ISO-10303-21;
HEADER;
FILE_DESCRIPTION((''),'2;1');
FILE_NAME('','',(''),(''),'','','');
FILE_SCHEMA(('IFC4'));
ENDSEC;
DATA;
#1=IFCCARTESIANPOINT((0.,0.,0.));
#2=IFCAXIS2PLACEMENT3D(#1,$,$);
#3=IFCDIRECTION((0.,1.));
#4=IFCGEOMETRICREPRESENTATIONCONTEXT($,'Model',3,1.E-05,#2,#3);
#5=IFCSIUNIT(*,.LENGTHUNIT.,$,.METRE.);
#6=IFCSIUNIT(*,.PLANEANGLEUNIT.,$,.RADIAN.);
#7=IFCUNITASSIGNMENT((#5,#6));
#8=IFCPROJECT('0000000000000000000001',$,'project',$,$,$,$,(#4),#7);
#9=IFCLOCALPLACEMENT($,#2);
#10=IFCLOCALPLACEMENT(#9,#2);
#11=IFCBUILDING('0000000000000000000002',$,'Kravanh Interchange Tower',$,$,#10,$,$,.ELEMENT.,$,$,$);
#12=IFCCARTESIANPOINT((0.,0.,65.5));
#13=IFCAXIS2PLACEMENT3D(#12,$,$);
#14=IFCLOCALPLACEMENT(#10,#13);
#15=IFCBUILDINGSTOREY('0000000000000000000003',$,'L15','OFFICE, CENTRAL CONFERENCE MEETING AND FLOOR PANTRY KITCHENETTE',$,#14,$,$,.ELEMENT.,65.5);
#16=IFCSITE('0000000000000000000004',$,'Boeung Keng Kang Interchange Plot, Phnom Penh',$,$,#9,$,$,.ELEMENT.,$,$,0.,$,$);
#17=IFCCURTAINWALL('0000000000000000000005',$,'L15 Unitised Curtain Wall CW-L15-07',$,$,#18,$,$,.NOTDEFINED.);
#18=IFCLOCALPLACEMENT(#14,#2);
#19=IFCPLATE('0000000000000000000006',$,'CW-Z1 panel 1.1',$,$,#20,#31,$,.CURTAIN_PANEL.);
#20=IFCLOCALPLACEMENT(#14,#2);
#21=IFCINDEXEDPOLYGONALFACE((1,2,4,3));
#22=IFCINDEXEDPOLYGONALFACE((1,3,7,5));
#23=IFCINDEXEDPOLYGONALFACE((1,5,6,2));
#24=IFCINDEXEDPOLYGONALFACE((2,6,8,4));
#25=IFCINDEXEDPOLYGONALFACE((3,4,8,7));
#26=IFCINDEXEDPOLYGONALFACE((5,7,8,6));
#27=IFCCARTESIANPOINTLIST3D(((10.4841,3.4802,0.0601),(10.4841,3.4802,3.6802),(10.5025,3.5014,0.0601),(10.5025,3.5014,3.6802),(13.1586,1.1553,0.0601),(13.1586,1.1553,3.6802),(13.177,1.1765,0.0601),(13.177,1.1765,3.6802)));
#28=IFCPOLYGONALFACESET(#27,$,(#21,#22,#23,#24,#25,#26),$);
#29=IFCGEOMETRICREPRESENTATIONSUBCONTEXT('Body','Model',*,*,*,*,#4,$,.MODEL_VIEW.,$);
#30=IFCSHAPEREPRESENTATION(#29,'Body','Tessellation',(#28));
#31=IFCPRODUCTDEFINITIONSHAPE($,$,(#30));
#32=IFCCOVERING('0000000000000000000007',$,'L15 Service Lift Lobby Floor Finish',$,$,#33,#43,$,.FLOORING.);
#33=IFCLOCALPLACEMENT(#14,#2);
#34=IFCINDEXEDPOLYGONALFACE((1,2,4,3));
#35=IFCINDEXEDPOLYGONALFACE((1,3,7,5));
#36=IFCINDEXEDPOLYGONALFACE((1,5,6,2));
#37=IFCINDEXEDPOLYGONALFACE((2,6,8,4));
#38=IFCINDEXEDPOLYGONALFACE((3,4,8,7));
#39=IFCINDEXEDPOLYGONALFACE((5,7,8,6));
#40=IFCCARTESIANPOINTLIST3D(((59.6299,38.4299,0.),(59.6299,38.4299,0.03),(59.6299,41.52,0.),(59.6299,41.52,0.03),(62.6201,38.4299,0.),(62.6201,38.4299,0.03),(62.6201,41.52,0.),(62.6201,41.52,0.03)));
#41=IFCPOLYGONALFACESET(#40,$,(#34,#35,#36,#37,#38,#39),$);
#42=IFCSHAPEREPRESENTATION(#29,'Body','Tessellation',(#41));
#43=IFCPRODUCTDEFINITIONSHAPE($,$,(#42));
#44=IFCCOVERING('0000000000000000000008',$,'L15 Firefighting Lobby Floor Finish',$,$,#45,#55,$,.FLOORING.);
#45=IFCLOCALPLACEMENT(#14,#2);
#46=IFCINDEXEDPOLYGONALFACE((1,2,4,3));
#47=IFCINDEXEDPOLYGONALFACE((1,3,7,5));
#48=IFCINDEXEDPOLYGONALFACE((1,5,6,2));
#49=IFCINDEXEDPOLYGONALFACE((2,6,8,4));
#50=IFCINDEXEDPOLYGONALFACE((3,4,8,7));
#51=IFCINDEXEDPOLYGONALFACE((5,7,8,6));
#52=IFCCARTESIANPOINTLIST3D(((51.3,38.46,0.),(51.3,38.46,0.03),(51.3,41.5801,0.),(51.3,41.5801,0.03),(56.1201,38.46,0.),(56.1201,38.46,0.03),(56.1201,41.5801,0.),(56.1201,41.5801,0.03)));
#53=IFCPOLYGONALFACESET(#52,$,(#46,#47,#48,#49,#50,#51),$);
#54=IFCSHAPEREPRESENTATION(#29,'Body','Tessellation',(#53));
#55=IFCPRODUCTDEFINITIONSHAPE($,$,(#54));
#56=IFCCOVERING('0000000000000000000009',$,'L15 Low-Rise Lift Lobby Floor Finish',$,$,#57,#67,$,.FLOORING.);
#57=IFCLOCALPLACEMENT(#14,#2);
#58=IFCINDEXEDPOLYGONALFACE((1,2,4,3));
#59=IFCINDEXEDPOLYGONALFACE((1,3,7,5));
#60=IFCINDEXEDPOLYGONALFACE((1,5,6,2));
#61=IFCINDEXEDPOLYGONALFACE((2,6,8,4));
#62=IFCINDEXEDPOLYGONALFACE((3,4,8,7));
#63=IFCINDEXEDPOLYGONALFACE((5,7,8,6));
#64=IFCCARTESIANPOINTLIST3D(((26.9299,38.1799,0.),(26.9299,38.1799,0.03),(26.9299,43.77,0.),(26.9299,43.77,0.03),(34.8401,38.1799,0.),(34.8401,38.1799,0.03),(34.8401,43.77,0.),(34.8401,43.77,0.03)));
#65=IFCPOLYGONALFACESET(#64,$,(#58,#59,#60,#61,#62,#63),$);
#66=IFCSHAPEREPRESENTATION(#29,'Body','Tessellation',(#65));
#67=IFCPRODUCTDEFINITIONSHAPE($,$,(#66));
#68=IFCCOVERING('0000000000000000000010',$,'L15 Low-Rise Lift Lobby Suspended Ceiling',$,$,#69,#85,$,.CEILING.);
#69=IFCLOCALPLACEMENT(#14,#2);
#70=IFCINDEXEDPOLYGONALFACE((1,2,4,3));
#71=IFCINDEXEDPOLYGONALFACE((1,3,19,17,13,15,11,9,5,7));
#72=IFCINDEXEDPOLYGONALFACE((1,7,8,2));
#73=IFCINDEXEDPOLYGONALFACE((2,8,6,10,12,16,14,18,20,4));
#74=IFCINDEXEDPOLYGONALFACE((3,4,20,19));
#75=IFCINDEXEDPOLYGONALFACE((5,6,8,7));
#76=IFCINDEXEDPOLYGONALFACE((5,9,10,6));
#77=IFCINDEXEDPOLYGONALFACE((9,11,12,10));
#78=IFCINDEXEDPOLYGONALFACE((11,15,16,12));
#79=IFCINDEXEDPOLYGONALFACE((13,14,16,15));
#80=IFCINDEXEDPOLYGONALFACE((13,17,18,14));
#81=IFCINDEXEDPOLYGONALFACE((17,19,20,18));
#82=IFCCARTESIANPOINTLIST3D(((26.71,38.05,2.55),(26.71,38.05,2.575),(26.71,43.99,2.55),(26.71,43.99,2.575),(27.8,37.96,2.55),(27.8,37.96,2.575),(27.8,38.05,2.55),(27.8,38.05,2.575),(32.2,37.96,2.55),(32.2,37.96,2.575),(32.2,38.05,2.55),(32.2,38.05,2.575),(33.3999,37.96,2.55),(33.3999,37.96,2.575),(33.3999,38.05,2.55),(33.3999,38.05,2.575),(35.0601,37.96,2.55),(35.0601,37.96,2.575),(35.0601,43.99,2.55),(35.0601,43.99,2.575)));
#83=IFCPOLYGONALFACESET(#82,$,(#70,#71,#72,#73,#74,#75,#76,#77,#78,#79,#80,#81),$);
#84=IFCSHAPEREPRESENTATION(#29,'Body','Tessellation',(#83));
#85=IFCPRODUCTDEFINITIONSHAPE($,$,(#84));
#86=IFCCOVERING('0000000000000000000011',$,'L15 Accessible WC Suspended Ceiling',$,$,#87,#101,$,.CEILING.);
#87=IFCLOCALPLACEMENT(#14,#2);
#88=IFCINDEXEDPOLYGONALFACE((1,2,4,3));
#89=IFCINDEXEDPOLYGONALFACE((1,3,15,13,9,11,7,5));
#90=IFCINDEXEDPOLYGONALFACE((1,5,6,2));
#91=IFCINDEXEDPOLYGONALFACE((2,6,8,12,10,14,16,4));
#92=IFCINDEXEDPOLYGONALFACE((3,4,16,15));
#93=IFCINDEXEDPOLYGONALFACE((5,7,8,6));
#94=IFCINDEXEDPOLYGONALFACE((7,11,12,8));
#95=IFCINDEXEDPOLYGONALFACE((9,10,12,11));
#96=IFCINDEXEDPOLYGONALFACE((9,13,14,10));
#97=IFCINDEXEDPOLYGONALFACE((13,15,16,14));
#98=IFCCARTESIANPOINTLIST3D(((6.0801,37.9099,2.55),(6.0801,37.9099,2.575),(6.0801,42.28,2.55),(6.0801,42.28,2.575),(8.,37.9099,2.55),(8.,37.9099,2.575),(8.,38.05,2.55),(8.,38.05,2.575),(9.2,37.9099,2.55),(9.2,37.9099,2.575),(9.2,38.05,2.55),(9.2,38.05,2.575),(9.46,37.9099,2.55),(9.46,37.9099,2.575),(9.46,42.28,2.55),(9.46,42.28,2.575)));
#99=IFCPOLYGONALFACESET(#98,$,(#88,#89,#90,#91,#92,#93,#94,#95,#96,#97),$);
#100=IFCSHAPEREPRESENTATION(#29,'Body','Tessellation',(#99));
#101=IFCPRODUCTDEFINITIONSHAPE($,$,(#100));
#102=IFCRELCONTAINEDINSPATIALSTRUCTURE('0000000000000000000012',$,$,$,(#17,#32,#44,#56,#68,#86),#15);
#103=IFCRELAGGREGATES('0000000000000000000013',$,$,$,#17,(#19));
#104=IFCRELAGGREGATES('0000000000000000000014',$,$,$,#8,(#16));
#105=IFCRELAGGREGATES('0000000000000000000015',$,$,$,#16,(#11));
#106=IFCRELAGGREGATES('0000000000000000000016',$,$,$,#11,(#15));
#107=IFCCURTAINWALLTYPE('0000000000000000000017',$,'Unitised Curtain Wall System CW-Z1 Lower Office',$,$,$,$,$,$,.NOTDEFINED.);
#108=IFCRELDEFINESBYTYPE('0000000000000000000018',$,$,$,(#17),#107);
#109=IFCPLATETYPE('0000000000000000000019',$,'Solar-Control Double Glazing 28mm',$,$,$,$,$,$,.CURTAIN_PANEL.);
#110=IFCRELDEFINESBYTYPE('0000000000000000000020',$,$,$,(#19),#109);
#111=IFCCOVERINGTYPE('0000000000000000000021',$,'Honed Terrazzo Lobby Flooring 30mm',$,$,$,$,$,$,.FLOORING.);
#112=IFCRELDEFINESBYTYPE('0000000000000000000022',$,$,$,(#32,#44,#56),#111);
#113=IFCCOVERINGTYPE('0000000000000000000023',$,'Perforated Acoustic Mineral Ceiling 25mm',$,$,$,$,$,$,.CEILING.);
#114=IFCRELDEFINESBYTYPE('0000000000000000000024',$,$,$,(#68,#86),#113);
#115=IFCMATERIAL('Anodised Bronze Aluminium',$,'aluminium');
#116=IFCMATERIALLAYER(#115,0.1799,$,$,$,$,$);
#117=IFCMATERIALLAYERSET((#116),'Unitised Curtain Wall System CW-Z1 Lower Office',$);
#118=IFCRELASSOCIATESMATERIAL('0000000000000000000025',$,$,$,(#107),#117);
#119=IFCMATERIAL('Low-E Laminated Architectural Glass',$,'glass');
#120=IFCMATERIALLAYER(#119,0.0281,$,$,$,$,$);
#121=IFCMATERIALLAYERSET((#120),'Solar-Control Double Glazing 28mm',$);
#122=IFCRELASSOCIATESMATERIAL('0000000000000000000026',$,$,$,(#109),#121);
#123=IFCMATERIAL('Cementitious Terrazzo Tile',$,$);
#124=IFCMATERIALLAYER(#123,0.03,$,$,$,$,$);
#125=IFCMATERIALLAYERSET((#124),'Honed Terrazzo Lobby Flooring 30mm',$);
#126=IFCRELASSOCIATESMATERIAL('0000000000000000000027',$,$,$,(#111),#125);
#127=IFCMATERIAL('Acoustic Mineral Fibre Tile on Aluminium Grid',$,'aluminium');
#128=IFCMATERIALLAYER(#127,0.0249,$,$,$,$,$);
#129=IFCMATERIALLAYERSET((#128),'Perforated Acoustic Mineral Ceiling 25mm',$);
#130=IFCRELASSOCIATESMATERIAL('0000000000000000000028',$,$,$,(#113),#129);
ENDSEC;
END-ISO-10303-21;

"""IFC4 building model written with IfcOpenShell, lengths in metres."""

from ifc_helpers import new_model, si_unit, direction, frame, origin, origin_2d, place, context, subcontext, project, spatial, polyline, rectangle, outline, extrude, material, layer, layer_set, type_object, element, aggregate, save


model = new_model("IFC4")

# Units and contexts
model_context = context("Model", 3, precision=1e-05, world=origin(), true_north=direction((0.0, 1.0)))
body_context = subcontext(model_context, "Body", "Model", "MODEL_VIEW")
ifc_project = project(units=[si_unit("LENGTHUNIT", "METRE"), si_unit("PLANEANGLEUNIT", "RADIAN")], contexts=[model_context])

# Site, building, storey
site_placement = place(None, origin())
site = spatial("IfcSite", under=ifc_project, at=site_placement, Name="Boeung Keng Kang Interchange Plot, Phnom Penh", CompositionType="ELEMENT", RefElevation=0.0)
building_placement = place(site_placement, origin())
building = spatial("IfcBuilding", under=site, at=building_placement, Name="Kravanh Interchange Tower", CompositionType="ELEMENT")
storey_placement = place(building_placement, frame((0.0, 0.0, 65.5)))
storey = spatial("IfcBuildingStorey", under=building, at=storey_placement, Name="L15", Description="OFFICE, CENTRAL CONFERENCE MEETING AND FLOOR PANTRY KITCHENETTE", CompositionType="ELEMENT", Elevation=65.5)

# Shared definitions
ifc_material_1 = material(Name="Anodised Bronze Aluminium", Category="aluminium")
ifc_layer_1 = layer(ifc_material_1, 0.1799)
ifc_layer_set_1 = layer_set([ifc_layer_1], Name="Unitised Curtain Wall System CW-Z1 Lower Office")
curtain_wall_type = type_object("IfcCurtainWallType", Name="Unitised Curtain Wall System CW-Z1 Lower Office", PredefinedType="NOTDEFINED", material=ifc_layer_set_1)

# Curtain wall
curtain_wall_1_placement = place(storey_placement, origin())
curtain_wall_1 = element("IfcCurtainWall", 1, at=curtain_wall_1_placement, inside=storey, type_object=curtain_wall_type, Name="L15 Unitised Curtain Wall CW-L15-07", PredefinedType="NOTDEFINED")

# Plate
ifc_material_2 = material(Name="Low-E Laminated Architectural Glass", Category="glass")
ifc_layer_2 = layer(ifc_material_2, 0.0281)
ifc_layer_set_2 = layer_set([ifc_layer_2], Name="Solar-Control Double Glazing 28mm")
plate_type = type_object("IfcPlateType", Name="Solar-Control Double Glazing 28mm", PredefinedType="CURTAIN_PANEL", material=ifc_layer_set_2)
plate_1_placement = place(storey_placement, frame((11.8306, 2.3284, 0.0601), z_axis=(0.0, 0.0, 1.0), x_axis=(-0.754708, 0.65606, 0.0)))
plate_1 = element("IfcPlate", 2, at=plate_1_placement, type_object=plate_type, Name="CW-Z1 panel 1.1", PredefinedType="CURTAIN_PANEL", context=body_context, shape_type="SweptSolid", body=[
    extrude(rectangle(XDim=3.5437, YDim=0.0281, at=origin_2d()), origin(), (0.0, 0.0, 1.0), 3.6201),
])
aggregate(curtain_wall_1, [plate_1])

# Coverings
ifc_material_3 = material(Name="Cementitious Terrazzo Tile")
ifc_layer_3 = layer(ifc_material_3, 0.03)
ifc_layer_set_3 = layer_set([ifc_layer_3], Name="Honed Terrazzo Lobby Flooring 30mm")
covering_type_1 = type_object("IfcCoveringType", Name="Honed Terrazzo Lobby Flooring 30mm", PredefinedType="FLOORING", material=ifc_layer_set_3)
covering_1_placement = place(storey_placement, origin())
element("IfcCovering", 3, at=covering_1_placement, inside=storey, type_object=covering_type_1, Name="L15 Service Lift Lobby Floor Finish", PredefinedType="FLOORING", context=body_context, shape_type="SweptSolid", body=[
    extrude(outline(polyline([(59.6299, 41.52), (62.6201, 41.52), (62.6201, 38.4299), (59.6299, 38.4299), (59.6299, 41.52)])), origin(), (0.0, 0.0, 1.0), 0.03),
])
covering_2_placement = place(storey_placement, origin())
element("IfcCovering", 4, at=covering_2_placement, inside=storey, type_object=covering_type_1, Name="L15 Firefighting Lobby Floor Finish", PredefinedType="FLOORING", context=body_context, shape_type="SweptSolid", body=[
    extrude(outline(polyline([(56.1201, 38.46), (51.3, 38.46), (51.3, 41.5801), (56.1201, 41.5801), (56.1201, 38.46)])), origin(), (0.0, 0.0, 1.0), 0.03),
])
covering_3_placement = place(storey_placement, origin())
element("IfcCovering", 5, at=covering_3_placement, inside=storey, type_object=covering_type_1, Name="L15 Low-Rise Lift Lobby Floor Finish", PredefinedType="FLOORING", context=body_context, shape_type="SweptSolid", body=[
    extrude(outline(polyline([(26.9299, 43.77), (34.8401, 43.77), (34.8401, 38.1799), (26.9299, 38.1799), (26.9299, 43.77)])), origin(), (0.0, 0.0, 1.0), 0.03),
])
ifc_material_4 = material(Name="Acoustic Mineral Fibre Tile on Aluminium Grid", Category="aluminium")
ifc_layer_4 = layer(ifc_material_4, 0.0249)
ifc_layer_set_4 = layer_set([ifc_layer_4], Name="Perforated Acoustic Mineral Ceiling 25mm")
covering_type_2 = type_object("IfcCoveringType", Name="Perforated Acoustic Mineral Ceiling 25mm", PredefinedType="CEILING", material=ifc_layer_set_4)
covering_4_placement = place(storey_placement, frame((0.0, 0.0, 2.55)))
element("IfcCovering", 6, at=covering_4_placement, inside=storey, type_object=covering_type_2, Name="L15 Low-Rise Lift Lobby Suspended Ceiling", PredefinedType="CEILING", context=body_context, shape_type="SweptSolid", body=[
    extrude(outline(polyline([(35.0601, 37.96), (33.3999, 37.96), (33.3999, 38.05), (32.2, 38.05), (32.2, 37.96), (27.8, 37.96), (27.8, 38.05), (26.71, 38.05), (26.71, 43.99), (35.0601, 43.99), (35.0601, 37.96)])), origin(), (0.0, 0.0, 1.0), 0.0249),
])
covering_5_placement = place(storey_placement, frame((0.0, 0.0, 2.55)))
element("IfcCovering", 7, at=covering_5_placement, inside=storey, type_object=covering_type_2, Name="L15 Accessible WC Suspended Ceiling", PredefinedType="CEILING", context=body_context, shape_type="SweptSolid", body=[
    extrude(outline(polyline([(9.46, 42.28), (9.46, 37.9099), (9.2, 37.9099), (9.2, 38.05), (8.0, 38.05), (8.0, 37.9099), (6.0801, 37.9099), (6.0801, 42.28), (9.46, 42.28)])), origin(), (0.0, 0.0, 1.0), 0.0249),
])

save(model, "model.ifc")
